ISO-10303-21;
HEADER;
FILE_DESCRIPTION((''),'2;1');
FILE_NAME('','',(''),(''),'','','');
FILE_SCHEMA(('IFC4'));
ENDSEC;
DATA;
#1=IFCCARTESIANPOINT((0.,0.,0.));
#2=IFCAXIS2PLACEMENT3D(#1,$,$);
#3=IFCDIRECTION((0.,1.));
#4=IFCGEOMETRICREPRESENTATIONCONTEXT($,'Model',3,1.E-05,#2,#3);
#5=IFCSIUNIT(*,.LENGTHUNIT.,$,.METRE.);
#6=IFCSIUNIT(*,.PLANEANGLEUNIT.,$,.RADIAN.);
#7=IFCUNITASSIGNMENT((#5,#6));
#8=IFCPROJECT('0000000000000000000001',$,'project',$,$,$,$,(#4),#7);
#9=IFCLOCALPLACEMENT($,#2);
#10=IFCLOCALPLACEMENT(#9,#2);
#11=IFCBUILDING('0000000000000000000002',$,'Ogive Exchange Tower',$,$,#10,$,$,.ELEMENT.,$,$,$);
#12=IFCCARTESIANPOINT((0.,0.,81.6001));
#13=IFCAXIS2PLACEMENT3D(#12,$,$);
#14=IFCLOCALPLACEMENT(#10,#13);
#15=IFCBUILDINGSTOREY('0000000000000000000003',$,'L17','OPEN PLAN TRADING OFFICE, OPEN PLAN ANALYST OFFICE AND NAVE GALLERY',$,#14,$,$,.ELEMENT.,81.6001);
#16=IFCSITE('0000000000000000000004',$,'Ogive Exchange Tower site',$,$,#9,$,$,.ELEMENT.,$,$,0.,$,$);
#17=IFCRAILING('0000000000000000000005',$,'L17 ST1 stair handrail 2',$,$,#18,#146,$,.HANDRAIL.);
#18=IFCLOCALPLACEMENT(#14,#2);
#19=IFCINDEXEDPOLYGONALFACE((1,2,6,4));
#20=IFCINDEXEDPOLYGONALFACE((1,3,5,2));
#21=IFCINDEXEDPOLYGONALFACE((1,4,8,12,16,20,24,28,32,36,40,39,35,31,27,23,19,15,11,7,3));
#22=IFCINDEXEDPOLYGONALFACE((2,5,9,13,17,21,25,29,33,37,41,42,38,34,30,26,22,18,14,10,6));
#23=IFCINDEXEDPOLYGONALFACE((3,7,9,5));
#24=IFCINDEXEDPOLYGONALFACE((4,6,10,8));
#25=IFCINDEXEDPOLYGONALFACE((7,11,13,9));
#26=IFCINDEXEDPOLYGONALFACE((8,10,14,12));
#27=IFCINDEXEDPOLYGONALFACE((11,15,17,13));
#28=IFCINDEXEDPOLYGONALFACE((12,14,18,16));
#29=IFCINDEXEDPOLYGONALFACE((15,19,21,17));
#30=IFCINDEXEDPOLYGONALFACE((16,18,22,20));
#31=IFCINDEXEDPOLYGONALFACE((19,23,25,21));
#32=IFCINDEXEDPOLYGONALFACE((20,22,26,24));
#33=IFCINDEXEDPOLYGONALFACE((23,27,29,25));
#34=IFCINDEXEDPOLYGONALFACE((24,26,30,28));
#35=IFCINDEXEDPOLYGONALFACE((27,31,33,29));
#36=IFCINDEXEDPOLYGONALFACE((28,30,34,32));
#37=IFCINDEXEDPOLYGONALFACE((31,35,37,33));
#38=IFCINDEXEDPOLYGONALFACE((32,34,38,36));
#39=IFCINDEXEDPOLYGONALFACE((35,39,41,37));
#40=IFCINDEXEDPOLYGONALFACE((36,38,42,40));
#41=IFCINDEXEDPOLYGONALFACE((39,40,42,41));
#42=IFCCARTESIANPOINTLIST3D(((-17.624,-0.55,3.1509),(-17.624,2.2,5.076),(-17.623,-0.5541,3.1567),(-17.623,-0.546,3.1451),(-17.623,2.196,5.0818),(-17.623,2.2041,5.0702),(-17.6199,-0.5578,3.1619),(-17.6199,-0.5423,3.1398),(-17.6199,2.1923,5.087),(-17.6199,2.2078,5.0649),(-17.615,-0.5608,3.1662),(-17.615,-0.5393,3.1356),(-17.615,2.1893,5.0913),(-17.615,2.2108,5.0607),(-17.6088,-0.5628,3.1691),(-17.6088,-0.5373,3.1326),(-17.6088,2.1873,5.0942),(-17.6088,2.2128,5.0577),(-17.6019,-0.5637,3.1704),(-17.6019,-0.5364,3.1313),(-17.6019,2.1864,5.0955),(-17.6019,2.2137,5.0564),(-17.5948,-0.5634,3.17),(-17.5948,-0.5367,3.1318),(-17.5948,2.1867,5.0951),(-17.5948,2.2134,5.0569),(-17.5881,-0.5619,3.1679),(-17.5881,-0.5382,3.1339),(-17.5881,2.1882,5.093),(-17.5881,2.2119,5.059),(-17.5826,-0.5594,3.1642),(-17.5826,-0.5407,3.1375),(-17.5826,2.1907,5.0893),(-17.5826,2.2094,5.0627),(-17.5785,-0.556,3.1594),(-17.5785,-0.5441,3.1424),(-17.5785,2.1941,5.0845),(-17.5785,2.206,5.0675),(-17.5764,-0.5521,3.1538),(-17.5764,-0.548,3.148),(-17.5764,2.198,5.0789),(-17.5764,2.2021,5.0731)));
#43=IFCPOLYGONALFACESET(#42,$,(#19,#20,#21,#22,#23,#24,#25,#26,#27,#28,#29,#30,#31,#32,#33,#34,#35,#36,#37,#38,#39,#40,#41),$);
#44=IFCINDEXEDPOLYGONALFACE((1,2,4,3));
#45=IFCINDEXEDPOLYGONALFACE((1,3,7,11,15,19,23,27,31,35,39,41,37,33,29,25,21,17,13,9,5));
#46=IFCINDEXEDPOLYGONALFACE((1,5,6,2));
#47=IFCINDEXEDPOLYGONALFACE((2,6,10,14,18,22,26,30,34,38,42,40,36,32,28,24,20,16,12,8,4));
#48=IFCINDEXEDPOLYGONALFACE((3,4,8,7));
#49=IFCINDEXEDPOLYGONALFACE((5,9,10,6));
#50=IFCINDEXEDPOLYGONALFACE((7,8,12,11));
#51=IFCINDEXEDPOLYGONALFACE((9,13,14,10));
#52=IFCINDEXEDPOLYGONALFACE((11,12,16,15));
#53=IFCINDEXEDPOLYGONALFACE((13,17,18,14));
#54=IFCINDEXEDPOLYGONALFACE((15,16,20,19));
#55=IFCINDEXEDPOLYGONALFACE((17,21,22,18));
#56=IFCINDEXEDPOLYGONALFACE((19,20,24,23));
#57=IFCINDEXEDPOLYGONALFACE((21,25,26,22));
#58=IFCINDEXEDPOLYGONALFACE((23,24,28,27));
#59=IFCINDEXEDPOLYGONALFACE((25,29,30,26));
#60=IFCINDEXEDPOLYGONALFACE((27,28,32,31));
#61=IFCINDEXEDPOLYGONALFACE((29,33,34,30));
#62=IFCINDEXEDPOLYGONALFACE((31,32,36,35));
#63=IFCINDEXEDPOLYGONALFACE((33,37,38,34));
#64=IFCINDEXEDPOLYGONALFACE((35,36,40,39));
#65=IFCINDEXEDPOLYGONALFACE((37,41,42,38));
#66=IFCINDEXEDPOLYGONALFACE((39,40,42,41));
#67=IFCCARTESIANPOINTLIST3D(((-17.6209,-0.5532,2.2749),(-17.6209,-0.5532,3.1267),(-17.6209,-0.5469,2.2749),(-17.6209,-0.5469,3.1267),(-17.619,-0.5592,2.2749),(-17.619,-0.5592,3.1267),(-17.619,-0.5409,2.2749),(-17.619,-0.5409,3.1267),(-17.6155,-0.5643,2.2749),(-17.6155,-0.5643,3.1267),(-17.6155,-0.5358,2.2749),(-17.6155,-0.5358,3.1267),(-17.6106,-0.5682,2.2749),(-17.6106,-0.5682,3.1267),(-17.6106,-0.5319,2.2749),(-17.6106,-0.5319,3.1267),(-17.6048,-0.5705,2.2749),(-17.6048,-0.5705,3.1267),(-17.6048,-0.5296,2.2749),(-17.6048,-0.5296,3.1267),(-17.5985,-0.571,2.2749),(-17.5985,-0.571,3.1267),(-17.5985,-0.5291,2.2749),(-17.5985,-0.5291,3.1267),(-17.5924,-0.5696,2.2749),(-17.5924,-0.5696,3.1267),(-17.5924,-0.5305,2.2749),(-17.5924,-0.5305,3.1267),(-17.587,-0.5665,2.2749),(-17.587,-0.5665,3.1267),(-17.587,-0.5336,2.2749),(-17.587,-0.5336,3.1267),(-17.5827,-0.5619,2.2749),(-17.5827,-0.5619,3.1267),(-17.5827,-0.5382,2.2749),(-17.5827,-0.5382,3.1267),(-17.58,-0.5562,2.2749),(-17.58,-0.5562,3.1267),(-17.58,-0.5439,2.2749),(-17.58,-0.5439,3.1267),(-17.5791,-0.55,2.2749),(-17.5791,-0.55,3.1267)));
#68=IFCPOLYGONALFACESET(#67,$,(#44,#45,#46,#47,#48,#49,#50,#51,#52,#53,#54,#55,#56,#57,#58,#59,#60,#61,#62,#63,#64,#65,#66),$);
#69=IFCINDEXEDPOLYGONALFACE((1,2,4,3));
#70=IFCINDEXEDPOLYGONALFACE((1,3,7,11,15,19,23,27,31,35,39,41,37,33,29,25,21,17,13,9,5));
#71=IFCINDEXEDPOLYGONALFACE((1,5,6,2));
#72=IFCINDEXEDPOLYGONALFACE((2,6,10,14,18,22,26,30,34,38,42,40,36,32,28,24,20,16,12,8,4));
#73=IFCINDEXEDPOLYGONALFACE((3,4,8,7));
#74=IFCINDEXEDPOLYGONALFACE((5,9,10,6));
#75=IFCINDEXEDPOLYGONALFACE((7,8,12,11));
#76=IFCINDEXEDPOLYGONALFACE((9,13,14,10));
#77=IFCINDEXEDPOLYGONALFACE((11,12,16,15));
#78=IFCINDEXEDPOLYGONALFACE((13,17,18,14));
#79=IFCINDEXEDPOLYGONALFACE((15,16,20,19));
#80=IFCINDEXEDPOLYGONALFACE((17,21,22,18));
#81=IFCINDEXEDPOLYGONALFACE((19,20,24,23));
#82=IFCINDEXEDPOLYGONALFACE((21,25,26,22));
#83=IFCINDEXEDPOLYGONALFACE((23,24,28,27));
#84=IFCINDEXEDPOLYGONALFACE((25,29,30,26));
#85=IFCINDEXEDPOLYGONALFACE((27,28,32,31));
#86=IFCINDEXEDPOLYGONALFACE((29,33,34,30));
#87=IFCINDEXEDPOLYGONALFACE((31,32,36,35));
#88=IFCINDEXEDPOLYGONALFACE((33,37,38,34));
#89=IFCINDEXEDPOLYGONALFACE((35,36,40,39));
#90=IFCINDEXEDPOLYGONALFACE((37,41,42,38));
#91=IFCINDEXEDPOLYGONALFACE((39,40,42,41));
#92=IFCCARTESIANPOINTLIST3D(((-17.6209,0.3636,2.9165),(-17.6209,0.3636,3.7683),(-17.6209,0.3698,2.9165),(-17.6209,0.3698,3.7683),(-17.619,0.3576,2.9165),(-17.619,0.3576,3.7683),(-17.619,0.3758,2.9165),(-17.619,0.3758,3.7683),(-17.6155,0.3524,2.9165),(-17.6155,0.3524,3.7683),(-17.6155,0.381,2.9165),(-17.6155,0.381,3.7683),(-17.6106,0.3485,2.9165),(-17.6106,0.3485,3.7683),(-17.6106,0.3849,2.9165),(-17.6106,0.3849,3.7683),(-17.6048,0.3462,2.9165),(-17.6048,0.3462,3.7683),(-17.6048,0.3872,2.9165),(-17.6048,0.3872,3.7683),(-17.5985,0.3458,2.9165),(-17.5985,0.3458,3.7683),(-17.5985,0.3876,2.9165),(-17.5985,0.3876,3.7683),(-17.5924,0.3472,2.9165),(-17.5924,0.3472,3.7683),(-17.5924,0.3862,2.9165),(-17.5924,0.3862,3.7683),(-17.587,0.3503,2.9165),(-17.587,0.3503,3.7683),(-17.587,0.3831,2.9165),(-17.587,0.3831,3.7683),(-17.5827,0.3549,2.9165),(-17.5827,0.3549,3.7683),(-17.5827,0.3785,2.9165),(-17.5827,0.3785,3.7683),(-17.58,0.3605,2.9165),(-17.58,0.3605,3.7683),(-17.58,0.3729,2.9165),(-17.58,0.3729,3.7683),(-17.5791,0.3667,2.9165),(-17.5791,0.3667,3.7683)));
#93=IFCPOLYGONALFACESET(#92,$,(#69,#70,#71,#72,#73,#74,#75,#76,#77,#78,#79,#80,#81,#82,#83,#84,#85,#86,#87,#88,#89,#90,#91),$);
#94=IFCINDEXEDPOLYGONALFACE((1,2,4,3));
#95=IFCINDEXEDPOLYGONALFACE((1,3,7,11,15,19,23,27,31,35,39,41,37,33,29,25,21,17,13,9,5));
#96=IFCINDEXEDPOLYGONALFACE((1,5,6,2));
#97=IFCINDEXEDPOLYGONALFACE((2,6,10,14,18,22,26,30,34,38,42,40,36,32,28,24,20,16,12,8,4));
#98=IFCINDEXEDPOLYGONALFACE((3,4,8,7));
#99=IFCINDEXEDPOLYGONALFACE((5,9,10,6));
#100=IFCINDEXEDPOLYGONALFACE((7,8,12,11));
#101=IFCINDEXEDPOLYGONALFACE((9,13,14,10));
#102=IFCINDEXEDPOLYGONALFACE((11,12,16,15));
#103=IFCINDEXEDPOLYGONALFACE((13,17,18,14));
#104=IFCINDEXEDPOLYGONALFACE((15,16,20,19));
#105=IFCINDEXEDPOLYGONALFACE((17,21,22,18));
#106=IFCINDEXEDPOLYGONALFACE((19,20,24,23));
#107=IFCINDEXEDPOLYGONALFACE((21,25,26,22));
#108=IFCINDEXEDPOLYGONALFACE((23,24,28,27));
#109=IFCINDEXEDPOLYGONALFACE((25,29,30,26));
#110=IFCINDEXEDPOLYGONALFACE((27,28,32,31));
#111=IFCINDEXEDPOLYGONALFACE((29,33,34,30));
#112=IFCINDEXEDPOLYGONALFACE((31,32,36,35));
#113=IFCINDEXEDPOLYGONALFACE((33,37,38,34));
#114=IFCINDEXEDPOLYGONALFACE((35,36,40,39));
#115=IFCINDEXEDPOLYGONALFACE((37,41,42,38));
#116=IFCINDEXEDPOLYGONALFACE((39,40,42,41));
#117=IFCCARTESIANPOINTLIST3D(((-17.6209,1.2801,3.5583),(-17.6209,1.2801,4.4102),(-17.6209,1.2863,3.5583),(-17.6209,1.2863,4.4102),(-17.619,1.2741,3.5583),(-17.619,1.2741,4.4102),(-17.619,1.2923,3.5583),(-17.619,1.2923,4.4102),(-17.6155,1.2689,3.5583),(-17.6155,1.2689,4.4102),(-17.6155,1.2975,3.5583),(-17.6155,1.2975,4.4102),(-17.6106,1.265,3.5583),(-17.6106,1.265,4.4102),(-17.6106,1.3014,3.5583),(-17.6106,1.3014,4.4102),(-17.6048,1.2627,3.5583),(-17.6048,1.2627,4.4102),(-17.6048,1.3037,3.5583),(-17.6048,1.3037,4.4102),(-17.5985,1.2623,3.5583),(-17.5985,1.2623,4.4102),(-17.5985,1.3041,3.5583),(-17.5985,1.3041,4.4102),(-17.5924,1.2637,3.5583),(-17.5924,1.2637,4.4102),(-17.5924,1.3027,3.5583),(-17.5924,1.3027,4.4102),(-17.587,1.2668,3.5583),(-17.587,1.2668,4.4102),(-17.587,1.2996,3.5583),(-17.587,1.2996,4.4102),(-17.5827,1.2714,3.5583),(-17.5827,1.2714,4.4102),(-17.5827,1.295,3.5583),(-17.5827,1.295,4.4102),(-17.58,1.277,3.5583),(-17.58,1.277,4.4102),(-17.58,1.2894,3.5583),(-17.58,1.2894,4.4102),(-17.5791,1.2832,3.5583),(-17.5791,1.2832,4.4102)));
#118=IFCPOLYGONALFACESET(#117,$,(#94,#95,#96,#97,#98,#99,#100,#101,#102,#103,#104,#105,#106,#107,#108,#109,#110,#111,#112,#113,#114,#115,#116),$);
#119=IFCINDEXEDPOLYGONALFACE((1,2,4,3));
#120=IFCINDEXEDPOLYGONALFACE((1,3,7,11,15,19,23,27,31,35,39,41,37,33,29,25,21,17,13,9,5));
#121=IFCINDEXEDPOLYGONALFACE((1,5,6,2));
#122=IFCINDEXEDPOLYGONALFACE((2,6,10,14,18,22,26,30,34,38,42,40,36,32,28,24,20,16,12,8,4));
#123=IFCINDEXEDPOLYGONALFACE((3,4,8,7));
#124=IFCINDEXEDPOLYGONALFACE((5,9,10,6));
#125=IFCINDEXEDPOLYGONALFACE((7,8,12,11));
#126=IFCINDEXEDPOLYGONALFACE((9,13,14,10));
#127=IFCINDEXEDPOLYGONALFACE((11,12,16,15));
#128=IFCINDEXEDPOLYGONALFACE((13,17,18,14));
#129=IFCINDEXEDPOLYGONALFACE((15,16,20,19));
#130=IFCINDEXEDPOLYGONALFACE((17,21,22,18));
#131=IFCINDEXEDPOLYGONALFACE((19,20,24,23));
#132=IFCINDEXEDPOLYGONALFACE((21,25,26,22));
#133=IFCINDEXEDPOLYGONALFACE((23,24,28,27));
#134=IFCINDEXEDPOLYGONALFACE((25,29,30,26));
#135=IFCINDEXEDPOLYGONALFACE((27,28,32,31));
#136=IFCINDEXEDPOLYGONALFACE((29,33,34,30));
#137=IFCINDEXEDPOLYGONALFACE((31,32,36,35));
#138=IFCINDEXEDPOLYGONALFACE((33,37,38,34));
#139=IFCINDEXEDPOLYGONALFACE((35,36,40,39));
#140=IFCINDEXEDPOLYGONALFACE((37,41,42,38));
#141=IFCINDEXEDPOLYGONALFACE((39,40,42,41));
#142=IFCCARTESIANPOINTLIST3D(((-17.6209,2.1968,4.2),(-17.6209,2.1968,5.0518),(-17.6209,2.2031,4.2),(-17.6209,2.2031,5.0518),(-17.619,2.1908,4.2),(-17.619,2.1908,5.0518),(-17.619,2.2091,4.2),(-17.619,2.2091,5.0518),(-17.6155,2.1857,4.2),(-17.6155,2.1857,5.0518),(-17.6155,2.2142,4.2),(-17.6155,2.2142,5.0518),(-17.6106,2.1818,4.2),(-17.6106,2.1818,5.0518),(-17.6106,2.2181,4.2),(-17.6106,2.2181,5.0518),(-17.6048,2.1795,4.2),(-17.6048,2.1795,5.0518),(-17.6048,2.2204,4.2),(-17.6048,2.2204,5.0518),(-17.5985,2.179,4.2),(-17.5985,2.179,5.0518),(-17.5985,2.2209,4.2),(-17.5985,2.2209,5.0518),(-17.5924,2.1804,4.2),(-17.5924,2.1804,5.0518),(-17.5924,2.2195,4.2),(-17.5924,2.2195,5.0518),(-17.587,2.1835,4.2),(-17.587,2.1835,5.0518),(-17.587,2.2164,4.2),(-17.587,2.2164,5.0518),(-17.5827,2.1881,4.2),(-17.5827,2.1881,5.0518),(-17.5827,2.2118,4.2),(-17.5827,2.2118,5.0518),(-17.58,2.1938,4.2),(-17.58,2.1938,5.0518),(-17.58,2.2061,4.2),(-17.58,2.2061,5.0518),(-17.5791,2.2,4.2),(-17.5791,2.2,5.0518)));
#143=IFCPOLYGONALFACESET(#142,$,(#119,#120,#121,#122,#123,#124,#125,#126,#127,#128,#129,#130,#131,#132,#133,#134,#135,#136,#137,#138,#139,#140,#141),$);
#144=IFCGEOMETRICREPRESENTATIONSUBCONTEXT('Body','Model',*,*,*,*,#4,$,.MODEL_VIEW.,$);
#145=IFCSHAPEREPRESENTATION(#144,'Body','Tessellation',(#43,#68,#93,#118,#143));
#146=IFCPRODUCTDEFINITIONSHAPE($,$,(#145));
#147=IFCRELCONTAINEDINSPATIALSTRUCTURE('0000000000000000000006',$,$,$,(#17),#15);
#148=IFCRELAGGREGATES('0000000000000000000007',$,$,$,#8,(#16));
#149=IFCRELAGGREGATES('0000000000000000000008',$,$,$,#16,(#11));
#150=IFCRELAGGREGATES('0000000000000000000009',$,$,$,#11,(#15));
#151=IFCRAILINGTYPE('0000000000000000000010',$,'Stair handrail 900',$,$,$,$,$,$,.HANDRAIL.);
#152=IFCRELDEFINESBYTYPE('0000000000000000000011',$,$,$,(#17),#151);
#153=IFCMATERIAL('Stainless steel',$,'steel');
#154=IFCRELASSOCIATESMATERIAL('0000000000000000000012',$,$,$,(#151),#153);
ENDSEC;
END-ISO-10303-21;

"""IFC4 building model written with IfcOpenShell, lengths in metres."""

from ifc_helpers import new_model, si_unit, direction, frame, origin, origin_2d, place, context, subcontext, project, spatial, circle, extrude, material, type_object, element, save


model = new_model("IFC4")

# Units and contexts
model_context = context("Model", 3, precision=1e-05, world=origin(), true_north=direction((0.0, 1.0)))
body_context = subcontext(model_context, "Body", "Model", "MODEL_VIEW")
ifc_project = project(units=[si_unit("LENGTHUNIT", "METRE"), si_unit("PLANEANGLEUNIT", "RADIAN")], contexts=[model_context])

# Site, building, storey
site_placement = place(None, origin())
site = spatial("IfcSite", under=ifc_project, at=site_placement, Name="Ogive Exchange Tower site", CompositionType="ELEMENT", RefElevation=0.0)
building_placement = place(site_placement, origin())
building = spatial("IfcBuilding", under=site, at=building_placement, Name="Ogive Exchange Tower", CompositionType="ELEMENT")
storey_placement = place(building_placement, frame((0.0, 0.0, 81.6001)))
storey = spatial("IfcBuildingStorey", under=building, at=storey_placement, Name="L17", Description="OPEN PLAN TRADING OFFICE, OPEN PLAN ANALYST OFFICE AND NAVE GALLERY", CompositionType="ELEMENT", Elevation=81.6001)

# Shared definitions
ifc_material_1 = material(Name="Stainless steel", Category="steel")

# Railing
railing_type = type_object("IfcRailingType", Name="Stair handrail 900", PredefinedType="HANDRAIL", material=ifc_material_1)
railing_placement = place(storey_placement, frame((-17.6001, -0.55, 2.2749)))
element("IfcRailing", 1, at=railing_placement, inside=storey, type_object=railing_type, Name="L17 ST1 stair handrail 2", PredefinedType="HANDRAIL", context=body_context, shape_type="SweptSolid", body=[
    extrude(circle(Radius=0.0239, at=origin_2d()), frame((0.0, 0.0, 0.876), z_axis=(0.0, 0.819225, 0.573472), x_axis=(-1.0, 0.0, 0.0)), (0.0, 0.0, 1.0), 3.3569),
    extrude(circle(Radius=0.021, at=origin_2d()), origin(), (0.0, 0.0, 1.0), 0.8518),
    extrude(circle(Radius=0.021, at=origin_2d()), frame((0.0, 0.9167, 0.6416)), (0.0, 0.0, 1.0), 0.8518),
    extrude(circle(Radius=0.021, at=origin_2d()), frame((0.0, 1.8333, 1.2834)), (0.0, 0.0, 1.0), 0.8518),
    extrude(circle(Radius=0.021, at=origin_2d()), frame((0.0, 2.75, 1.925)), (0.0, 0.0, 1.0), 0.8518),
])

save(model, "model.ifc")
